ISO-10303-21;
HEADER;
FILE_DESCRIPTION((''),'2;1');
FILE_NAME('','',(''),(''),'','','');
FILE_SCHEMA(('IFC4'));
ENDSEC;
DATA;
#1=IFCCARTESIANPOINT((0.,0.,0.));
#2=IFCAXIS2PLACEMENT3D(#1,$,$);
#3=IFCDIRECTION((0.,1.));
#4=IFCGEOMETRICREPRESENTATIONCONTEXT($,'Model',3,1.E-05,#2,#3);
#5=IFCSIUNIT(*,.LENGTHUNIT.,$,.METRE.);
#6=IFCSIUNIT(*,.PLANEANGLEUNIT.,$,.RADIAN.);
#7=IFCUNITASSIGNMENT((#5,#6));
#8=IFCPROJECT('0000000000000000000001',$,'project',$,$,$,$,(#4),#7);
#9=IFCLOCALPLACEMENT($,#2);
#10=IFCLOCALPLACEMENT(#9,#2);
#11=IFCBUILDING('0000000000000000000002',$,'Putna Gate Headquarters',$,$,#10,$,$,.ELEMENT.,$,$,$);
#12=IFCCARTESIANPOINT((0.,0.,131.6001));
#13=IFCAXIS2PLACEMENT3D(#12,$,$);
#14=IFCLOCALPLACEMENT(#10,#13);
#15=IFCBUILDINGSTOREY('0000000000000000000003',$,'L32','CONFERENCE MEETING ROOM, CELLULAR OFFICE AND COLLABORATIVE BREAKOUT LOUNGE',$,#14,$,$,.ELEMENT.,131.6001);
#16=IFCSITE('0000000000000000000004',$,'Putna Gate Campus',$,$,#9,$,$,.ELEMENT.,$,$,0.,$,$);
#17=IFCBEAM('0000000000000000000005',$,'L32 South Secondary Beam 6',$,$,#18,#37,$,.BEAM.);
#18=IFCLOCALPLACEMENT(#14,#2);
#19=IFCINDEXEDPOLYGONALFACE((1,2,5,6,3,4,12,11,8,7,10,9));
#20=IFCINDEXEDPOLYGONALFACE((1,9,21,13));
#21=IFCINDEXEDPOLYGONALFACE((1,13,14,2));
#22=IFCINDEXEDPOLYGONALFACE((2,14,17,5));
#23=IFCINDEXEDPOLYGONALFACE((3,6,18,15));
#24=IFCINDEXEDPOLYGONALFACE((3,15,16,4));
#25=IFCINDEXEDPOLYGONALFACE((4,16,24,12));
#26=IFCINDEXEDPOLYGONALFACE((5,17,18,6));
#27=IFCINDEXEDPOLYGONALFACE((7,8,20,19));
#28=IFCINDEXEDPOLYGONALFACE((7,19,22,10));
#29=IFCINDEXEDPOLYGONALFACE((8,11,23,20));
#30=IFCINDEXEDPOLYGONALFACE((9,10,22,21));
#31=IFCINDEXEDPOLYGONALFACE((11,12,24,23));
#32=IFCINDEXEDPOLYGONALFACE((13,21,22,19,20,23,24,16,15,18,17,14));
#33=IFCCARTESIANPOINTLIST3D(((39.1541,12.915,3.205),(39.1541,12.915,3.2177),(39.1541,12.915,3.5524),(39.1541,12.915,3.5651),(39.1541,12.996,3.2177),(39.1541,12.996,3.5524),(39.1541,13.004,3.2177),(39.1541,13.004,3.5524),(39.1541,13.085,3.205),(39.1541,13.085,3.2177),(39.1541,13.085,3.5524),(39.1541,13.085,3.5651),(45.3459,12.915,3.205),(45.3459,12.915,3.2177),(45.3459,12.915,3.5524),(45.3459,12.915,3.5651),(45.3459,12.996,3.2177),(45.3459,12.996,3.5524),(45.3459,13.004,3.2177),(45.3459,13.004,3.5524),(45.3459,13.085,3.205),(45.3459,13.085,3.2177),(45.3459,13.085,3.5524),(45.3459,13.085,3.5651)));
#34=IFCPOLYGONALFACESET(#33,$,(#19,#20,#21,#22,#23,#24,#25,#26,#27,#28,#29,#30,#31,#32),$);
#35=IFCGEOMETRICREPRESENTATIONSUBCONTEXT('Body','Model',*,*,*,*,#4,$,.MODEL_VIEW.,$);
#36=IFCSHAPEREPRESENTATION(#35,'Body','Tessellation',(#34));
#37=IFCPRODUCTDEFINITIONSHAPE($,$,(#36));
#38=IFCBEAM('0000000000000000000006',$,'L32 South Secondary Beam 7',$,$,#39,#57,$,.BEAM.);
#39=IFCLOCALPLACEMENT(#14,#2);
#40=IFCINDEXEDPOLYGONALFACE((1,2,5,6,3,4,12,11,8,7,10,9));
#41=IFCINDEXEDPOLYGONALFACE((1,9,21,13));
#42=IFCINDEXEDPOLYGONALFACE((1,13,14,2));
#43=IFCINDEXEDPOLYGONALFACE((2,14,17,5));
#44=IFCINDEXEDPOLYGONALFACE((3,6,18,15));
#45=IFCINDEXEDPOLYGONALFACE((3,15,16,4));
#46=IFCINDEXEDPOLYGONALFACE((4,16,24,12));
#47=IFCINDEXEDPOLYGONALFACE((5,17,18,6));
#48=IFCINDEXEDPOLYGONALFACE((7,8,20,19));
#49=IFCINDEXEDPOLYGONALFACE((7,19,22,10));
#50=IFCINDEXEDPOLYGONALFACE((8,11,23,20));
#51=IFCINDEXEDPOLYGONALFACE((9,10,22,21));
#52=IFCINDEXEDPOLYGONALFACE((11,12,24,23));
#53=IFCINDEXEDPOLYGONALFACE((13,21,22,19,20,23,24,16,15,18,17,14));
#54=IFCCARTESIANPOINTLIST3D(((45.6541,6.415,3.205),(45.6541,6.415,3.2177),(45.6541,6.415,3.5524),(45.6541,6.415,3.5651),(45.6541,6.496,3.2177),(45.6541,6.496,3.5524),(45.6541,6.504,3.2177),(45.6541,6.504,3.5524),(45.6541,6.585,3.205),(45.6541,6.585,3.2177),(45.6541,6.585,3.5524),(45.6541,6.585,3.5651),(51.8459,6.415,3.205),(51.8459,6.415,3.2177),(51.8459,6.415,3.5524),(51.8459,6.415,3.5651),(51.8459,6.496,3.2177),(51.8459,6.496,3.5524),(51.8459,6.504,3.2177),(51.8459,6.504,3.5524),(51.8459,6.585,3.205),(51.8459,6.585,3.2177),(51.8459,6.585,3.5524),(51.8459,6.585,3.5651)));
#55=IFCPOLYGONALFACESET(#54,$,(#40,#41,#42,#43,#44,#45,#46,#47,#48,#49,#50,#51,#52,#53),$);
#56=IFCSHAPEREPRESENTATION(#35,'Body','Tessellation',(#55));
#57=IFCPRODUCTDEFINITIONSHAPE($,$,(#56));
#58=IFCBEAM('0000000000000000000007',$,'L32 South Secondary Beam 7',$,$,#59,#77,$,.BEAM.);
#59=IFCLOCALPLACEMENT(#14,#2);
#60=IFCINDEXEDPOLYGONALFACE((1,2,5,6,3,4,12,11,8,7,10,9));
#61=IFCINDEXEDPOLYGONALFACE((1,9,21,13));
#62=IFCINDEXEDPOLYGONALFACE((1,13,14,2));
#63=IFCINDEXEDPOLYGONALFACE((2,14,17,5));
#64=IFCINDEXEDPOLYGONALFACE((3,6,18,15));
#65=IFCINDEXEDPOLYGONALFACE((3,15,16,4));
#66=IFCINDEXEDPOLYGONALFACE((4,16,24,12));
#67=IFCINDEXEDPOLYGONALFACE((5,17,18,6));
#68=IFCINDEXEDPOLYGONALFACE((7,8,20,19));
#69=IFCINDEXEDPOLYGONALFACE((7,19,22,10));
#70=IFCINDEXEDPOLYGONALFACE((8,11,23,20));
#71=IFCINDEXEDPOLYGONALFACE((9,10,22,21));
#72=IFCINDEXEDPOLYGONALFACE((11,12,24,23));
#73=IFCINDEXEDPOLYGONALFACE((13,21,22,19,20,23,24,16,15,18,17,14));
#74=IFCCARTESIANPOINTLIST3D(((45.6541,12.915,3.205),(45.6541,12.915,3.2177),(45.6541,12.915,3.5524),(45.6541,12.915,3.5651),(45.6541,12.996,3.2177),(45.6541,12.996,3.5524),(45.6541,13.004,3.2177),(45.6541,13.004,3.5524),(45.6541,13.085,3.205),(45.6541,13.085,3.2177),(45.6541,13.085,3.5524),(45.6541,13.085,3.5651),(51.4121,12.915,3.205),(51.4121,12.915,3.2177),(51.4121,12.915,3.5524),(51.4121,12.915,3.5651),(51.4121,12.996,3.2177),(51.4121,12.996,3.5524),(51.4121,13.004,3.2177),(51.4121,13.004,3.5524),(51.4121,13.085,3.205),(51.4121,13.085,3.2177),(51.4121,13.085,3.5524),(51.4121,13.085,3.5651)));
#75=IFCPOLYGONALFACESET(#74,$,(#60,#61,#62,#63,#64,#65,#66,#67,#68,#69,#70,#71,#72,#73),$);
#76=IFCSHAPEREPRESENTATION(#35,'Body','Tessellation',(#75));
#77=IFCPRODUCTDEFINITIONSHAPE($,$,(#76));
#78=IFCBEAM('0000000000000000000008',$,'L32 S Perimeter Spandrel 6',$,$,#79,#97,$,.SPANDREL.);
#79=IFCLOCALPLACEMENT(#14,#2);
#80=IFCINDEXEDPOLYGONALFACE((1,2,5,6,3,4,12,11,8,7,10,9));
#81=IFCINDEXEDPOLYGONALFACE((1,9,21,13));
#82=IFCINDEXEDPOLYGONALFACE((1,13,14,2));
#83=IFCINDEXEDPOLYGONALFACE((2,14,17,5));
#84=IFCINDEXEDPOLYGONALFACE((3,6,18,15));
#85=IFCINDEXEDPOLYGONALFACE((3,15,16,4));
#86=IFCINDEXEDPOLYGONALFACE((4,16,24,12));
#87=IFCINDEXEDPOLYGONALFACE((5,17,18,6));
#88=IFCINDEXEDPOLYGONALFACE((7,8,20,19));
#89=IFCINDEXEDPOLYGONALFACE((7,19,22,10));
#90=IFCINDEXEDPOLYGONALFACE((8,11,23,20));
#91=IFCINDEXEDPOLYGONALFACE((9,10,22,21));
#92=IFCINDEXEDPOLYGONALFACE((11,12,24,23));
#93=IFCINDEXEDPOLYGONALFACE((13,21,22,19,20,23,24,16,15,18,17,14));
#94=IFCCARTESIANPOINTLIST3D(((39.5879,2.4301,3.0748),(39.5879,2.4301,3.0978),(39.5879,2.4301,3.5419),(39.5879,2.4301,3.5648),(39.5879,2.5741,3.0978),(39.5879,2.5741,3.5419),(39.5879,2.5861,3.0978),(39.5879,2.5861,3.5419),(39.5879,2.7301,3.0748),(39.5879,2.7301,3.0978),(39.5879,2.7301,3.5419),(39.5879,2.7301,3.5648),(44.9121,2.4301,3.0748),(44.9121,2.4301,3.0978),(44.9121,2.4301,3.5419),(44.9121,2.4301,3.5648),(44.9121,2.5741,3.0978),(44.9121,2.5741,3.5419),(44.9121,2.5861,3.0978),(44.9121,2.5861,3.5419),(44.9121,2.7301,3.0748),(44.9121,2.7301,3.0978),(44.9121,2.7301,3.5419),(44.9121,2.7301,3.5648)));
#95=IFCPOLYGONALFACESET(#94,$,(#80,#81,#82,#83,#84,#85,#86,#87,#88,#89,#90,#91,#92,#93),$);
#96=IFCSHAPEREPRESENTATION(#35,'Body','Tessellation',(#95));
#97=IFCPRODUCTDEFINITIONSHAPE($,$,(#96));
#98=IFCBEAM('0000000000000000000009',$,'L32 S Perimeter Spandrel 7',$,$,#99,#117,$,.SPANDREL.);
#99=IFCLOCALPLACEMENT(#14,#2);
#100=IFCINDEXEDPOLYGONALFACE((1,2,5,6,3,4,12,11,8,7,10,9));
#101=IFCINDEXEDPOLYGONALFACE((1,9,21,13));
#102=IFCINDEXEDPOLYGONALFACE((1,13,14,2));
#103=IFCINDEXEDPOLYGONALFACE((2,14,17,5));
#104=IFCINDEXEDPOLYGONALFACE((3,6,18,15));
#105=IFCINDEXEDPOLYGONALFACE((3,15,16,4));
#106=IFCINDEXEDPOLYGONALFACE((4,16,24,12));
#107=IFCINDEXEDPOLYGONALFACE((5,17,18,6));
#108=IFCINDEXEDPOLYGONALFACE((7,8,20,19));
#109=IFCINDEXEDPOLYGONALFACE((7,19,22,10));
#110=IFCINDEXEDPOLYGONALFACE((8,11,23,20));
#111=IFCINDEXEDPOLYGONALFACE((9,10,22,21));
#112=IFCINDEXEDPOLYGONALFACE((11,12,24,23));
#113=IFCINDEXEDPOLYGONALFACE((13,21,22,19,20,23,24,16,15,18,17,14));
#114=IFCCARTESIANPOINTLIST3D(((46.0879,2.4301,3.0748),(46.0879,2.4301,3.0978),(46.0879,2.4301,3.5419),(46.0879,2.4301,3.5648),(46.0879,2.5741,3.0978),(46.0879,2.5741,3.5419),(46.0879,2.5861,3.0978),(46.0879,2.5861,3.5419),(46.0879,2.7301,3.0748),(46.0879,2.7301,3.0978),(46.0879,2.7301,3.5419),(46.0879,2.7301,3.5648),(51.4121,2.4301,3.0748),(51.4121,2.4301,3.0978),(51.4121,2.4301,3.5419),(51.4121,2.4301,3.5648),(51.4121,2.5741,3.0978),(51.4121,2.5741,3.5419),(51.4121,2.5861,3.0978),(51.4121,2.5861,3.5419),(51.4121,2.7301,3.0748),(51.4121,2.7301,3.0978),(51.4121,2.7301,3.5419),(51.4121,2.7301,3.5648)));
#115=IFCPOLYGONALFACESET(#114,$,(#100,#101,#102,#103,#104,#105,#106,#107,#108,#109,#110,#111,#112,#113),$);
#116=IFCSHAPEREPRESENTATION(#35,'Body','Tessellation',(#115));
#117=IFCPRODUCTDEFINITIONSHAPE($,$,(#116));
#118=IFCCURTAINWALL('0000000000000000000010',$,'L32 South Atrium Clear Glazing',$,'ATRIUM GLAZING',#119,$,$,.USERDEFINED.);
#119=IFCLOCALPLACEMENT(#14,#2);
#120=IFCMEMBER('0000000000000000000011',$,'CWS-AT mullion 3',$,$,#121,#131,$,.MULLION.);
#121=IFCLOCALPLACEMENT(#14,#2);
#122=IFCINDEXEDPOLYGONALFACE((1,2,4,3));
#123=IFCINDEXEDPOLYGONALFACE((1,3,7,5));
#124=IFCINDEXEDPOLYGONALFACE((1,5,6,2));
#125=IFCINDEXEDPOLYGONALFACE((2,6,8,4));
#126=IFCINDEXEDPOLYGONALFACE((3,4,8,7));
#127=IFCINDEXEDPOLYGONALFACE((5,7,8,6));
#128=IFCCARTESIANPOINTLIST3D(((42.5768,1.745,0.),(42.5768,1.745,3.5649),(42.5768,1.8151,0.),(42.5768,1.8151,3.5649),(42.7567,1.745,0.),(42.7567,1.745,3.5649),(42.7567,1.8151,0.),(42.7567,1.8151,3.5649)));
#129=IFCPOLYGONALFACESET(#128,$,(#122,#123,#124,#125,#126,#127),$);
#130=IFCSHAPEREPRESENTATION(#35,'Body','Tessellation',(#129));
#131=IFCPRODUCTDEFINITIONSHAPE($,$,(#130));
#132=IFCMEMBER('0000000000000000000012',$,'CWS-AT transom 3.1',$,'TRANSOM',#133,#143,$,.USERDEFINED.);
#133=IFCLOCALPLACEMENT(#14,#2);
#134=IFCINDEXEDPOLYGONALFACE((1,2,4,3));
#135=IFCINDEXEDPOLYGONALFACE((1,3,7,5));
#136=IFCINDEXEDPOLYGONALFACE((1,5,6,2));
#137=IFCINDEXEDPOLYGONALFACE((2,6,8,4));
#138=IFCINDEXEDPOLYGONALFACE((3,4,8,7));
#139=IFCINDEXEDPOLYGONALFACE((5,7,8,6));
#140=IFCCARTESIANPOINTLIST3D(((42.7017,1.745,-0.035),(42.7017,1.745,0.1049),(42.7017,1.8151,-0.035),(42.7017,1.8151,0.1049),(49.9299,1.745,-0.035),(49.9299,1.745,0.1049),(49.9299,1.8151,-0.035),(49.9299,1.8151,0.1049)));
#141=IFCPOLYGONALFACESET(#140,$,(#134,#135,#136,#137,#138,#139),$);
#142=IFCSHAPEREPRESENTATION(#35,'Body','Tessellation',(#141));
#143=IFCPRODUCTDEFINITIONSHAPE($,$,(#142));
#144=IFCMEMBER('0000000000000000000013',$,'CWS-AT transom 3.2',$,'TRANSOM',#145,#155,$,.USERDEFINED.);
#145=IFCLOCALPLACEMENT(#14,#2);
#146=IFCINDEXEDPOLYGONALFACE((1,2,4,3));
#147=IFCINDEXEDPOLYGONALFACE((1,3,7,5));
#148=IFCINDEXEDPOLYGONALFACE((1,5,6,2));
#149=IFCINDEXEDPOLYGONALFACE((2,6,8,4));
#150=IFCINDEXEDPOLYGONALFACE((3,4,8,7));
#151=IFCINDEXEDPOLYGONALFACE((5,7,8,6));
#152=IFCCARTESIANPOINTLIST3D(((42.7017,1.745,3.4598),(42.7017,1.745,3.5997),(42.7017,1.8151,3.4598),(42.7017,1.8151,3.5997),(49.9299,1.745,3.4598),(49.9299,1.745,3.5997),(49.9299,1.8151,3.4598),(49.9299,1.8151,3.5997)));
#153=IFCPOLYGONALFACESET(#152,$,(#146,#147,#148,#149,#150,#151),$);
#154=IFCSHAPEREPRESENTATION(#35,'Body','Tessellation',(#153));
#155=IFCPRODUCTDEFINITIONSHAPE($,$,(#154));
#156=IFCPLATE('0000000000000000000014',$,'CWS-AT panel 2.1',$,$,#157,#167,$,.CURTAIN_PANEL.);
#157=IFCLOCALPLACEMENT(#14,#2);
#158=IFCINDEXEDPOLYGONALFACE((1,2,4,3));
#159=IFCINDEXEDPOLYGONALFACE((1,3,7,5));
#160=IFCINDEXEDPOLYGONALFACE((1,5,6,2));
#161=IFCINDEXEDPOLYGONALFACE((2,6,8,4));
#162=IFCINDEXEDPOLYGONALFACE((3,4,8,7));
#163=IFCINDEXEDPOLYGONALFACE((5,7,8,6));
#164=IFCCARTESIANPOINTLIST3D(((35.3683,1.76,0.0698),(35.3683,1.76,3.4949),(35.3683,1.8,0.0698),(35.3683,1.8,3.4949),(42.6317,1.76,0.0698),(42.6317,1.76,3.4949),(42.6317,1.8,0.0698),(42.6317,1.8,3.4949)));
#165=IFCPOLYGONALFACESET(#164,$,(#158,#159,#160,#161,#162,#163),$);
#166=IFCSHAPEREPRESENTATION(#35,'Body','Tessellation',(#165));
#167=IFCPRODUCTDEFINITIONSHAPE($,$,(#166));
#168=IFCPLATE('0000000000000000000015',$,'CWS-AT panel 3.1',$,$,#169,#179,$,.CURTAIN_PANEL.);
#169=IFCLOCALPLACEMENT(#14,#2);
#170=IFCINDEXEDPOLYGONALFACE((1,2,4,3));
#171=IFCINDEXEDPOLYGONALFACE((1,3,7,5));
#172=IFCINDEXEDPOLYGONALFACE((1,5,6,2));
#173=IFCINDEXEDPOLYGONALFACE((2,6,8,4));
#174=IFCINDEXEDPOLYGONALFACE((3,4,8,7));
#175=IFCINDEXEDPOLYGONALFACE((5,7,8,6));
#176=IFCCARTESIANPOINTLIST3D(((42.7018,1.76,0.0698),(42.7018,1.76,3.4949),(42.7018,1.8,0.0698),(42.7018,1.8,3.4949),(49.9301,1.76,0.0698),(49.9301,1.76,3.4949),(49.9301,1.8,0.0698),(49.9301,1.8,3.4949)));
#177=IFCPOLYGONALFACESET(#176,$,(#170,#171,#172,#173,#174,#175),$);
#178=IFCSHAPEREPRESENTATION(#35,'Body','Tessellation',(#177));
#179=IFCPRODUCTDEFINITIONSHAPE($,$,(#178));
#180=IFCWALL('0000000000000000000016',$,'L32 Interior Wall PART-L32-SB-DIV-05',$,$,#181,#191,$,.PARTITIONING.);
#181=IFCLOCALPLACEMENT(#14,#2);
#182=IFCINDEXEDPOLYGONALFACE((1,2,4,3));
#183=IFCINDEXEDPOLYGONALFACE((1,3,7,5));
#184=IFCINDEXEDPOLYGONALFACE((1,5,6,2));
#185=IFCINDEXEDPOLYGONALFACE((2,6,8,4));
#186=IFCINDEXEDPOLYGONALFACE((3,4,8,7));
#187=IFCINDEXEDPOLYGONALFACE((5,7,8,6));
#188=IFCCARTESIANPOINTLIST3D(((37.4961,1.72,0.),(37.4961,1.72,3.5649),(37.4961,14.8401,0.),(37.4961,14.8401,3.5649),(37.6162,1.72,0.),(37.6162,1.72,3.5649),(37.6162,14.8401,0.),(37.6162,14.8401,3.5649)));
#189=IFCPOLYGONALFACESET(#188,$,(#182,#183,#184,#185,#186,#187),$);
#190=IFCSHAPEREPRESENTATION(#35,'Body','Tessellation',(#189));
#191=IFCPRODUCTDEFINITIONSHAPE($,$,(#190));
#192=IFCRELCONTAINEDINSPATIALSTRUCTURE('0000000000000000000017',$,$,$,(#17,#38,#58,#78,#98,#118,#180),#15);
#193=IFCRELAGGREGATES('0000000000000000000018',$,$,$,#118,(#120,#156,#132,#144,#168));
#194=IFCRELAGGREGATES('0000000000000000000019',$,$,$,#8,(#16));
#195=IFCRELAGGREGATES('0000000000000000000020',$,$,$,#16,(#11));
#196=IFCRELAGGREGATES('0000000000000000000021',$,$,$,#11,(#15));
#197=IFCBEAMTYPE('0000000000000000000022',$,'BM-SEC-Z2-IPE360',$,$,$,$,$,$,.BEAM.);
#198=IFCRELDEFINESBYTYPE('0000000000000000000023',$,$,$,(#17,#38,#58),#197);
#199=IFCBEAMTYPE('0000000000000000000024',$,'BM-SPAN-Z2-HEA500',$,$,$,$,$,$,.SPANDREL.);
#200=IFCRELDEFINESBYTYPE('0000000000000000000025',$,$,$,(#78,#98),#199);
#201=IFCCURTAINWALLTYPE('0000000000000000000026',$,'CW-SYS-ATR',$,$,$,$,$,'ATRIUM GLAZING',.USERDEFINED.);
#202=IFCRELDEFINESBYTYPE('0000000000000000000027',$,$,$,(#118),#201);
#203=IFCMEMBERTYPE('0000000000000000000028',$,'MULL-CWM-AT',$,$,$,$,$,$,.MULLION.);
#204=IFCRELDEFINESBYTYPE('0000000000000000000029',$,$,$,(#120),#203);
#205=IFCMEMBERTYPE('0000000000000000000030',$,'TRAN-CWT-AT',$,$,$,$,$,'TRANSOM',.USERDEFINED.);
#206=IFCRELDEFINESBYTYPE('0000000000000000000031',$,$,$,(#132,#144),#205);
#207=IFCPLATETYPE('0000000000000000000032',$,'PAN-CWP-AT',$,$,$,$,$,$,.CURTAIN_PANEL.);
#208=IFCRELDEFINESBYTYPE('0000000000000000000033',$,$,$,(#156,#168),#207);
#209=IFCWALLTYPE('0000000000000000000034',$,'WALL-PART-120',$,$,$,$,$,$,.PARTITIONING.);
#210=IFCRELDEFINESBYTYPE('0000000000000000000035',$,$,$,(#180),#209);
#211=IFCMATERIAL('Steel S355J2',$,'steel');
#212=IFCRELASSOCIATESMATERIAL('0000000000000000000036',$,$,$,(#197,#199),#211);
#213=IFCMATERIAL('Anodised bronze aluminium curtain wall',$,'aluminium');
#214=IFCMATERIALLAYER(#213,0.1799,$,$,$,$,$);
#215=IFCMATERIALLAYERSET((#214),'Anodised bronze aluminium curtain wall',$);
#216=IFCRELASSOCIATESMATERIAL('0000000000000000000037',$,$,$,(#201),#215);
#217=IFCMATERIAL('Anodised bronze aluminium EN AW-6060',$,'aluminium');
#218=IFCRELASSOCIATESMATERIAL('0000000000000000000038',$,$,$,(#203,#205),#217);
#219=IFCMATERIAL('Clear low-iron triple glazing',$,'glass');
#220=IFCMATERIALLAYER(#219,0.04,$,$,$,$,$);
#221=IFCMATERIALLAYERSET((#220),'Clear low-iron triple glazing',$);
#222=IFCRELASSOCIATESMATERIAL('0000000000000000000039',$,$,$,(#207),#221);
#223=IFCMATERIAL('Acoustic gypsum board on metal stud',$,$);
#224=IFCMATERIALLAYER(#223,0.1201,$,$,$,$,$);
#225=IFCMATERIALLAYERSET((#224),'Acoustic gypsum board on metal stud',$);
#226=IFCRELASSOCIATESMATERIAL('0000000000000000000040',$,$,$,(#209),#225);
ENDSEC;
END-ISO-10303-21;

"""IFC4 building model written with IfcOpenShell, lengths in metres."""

from ifc_helpers import new_model, si_unit, direction, frame, frame_2d, origin, origin_2d, place, context, subcontext, project, spatial, rectangle, i_section, extrude, material, layer, layer_set, material_profile, profile_set, type_object, element, aggregate, save


model = new_model("IFC4")

# Units and contexts
model_context = context("Model", 3, precision=1e-05, world=origin(), true_north=direction((0.0, 1.0)))
body_context = subcontext(model_context, "Body", "Model", "MODEL_VIEW")
ifc_project = project(units=[si_unit("LENGTHUNIT", "METRE"), si_unit("PLANEANGLEUNIT", "RADIAN")], contexts=[model_context])

# Site, building, storey
site_placement = place(None, origin())
site = spatial("IfcSite", under=ifc_project, at=site_placement, Name="Putna Gate Campus", CompositionType="ELEMENT", RefElevation=0.0)
building_placement = place(site_placement, origin())
building = spatial("IfcBuilding", under=site, at=building_placement, Name="Putna Gate Headquarters", CompositionType="ELEMENT")
storey_placement = place(building_placement, frame((0.0, 0.0, 131.6001)))
storey = spatial("IfcBuildingStorey", under=building, at=storey_placement, Name="L32", Description="CONFERENCE MEETING ROOM, CELLULAR OFFICE AND COLLABORATIVE BREAKOUT LOUNGE", CompositionType="ELEMENT", Elevation=131.6001)

# Beams
ifc_material_1 = material(Name="Steel S355J2", Category="steel")
ifc_material_profile_1 = material_profile(ifc_material_1, i_section(OverallWidth=0.1699, OverallDepth=0.3601, WebThickness=0.0081, FlangeThickness=0.0127, at=origin_2d()), Name="Steel S355J2")
ifc_profile_set_1 = profile_set([ifc_material_profile_1], Name="Steel S355J2")
beam_type_1 = type_object("IfcBeamType", Name="BM-SEC-Z2-IPE360", PredefinedType="BEAM", material=ifc_profile_set_1)
for number, where, z_axis, x_axis, name in (
    (1, (39.1541, 13.0, 3.385), (1.0, 0.0, 0.0), (0.0, 1.0, 0.0), "L32 South Secondary Beam 6"),
    (2, (45.6541, 6.5, 3.385), (1.0, 0.0, 0.0), (0.0, 1.0, 0.0), "L32 South Secondary Beam 7"),
):
    element("IfcBeam", number, at=place(storey_placement, frame(where, z_axis=z_axis, x_axis=x_axis)), inside=storey, type_object=beam_type_1, Name=name, PredefinedType="BEAM", context=body_context, shape_type="SweptSolid", body=[
        extrude(i_section(OverallWidth=0.1699, OverallDepth=0.3601, WebThickness=0.0081, FlangeThickness=0.0127, at=origin_2d()), origin(), (0.0, 0.0, 1.0), 6.1919),
    ])
beam_1_placement = place(storey_placement, frame((45.6541, 13.0, 3.385), z_axis=(1.0, 0.0, 0.0), x_axis=(0.0, 1.0, 0.0)))
element("IfcBeam", 3, at=beam_1_placement, inside=storey, type_object=beam_type_1, Name="L32 South Secondary Beam 7", PredefinedType="BEAM", context=body_context, shape_type="SweptSolid", body=[
    extrude(i_section(OverallWidth=0.1699, OverallDepth=0.3601, WebThickness=0.0081, FlangeThickness=0.0127, at=origin_2d()), origin(), (0.0, 0.0, 1.0), 5.7581),
])
ifc_material_profile_2 = material_profile(ifc_material_1, i_section(OverallWidth=0.3, OverallDepth=0.49, WebThickness=0.012, FlangeThickness=0.0229, at=origin_2d()), Name="Steel S355J2")
ifc_profile_set_2 = profile_set([ifc_material_profile_2], Name="Steel S355J2")
beam_type_2 = type_object("IfcBeamType", Name="BM-SPAN-Z2-HEA500", PredefinedType="SPANDREL", material=ifc_profile_set_2)
for number, where, z_axis, x_axis, name in (
    (4, (39.5879, 2.5801, 3.3198), (1.0, 0.0, 0.0), (0.0, 1.0, 0.0), "L32 S Perimeter Spandrel 6"),
    (5, (46.0879, 2.5801, 3.3198), (1.0, 0.0, 0.0), (0.0, 1.0, 0.0), "L32 S Perimeter Spandrel 7"),
):
    element("IfcBeam", number, at=place(storey_placement, frame(where, z_axis=z_axis, x_axis=x_axis)), inside=storey, type_object=beam_type_2, Name=name, PredefinedType="SPANDREL", context=body_context, shape_type="SweptSolid", body=[
        extrude(i_section(OverallWidth=0.3, OverallDepth=0.49, WebThickness=0.012, FlangeThickness=0.0229, at=origin_2d()), origin(), (0.0, 0.0, 1.0), 5.3242),
    ])

# Curtain wall, members, plates
ifc_material_2 = material(Name="Anodised bronze aluminium curtain wall", Category="aluminium")
ifc_layer_1 = layer(ifc_material_2, 0.1799)
ifc_layer_set_1 = layer_set([ifc_layer_1], Name="Anodised bronze aluminium curtain wall")
curtain_wall_type = type_object("IfcCurtainWallType", Name="CW-SYS-ATR", ElementType="ATRIUM GLAZING", PredefinedType="USERDEFINED", material=ifc_layer_set_1)
curtain_wall_placement = place(storey_placement, origin())
curtain_wall = element("IfcCurtainWall", 6, at=curtain_wall_placement, inside=storey, type_object=curtain_wall_type, Name="L32 South Atrium Clear Glazing", ObjectType="ATRIUM GLAZING", PredefinedType="USERDEFINED")
ifc_material_3 = material(Name="Anodised bronze aluminium EN AW-6060", Category="aluminium")
ifc_material_profile_3 = material_profile(ifc_material_3, rectangle(XDim=0.0701, YDim=0.1799, at=origin_2d()), Name="Anodised bronze aluminium EN AW-6060")
ifc_profile_set_3 = profile_set([ifc_material_profile_3], Name="Anodised bronze aluminium EN AW-6060")
member_type_1 = type_object("IfcMemberType", Name="MULL-CWM-AT", PredefinedType="MULLION", material=ifc_profile_set_3)
member_1_placement = place(storey_placement, frame((42.6667, 1.78, 0.0), z_axis=(0.0, 0.0, 1.0), x_axis=(0.0, 1.0, 0.0)))
member_1 = element("IfcMember", 7, at=member_1_placement, type_object=member_type_1, Name="CWS-AT mullion 3", PredefinedType="MULLION", context=body_context, shape_type="SweptSolid", body=[
    extrude(rectangle(XDim=0.0701, YDim=0.1799, at=origin_2d()), origin(), (0.0, 0.0, 1.0), 3.5649),
])
ifc_material_profile_4 = material_profile(ifc_material_3, rectangle(XDim=0.0701, YDim=0.1399, at=origin_2d()), Name="Anodised bronze aluminium EN AW-6060")
ifc_profile_set_4 = profile_set([ifc_material_profile_4], Name="Anodised bronze aluminium EN AW-6060")
member_type_2 = type_object("IfcMemberType", Name="TRAN-CWT-AT", ElementType="TRANSOM", PredefinedType="USERDEFINED", material=ifc_profile_set_4)
member_2_placement = place(storey_placement, frame((42.7017, 1.78, 0.0349), z_axis=(1.0, 0.0, 0.0), x_axis=(0.0, 1.0, 0.0)))
member_2 = element("IfcMember", 8, at=member_2_placement, type_object=member_type_2, Name="CWS-AT transom 3.1", ObjectType="TRANSOM", PredefinedType="USERDEFINED", context=body_context, shape_type="SweptSolid", body=[
    extrude(rectangle(XDim=0.0701, YDim=0.1399, at=origin_2d()), origin(), (0.0, 0.0, 1.0), 7.2283),
])
member_3_placement = place(storey_placement, frame((42.7017, 1.78, 3.5298), z_axis=(1.0, 0.0, 0.0), x_axis=(0.0, 1.0, 0.0)))
member_3 = element("IfcMember", 9, at=member_3_placement, type_object=member_type_2, Name="CWS-AT transom 3.2", ObjectType="TRANSOM", PredefinedType="USERDEFINED", context=body_context, shape_type="SweptSolid", body=[
    extrude(rectangle(XDim=0.0701, YDim=0.1399, at=origin_2d()), origin(), (0.0, 0.0, 1.0), 7.2283),
])
ifc_material_4 = material(Name="Clear low-iron triple glazing", Category="glass")
ifc_layer_2 = layer(ifc_material_4, 0.04)
ifc_layer_set_2 = layer_set([ifc_layer_2], Name="Clear low-iron triple glazing")
plate_type = type_object("IfcPlateType", Name="PAN-CWP-AT", PredefinedType="CURTAIN_PANEL", material=ifc_layer_set_2)
plate_1_placement = place(storey_placement, frame((39.0, 1.78, 0.0698), z_axis=(0.0, 0.0, 1.0), x_axis=(1.0, 0.0, 0.0)))
plate_1 = element("IfcPlate", 10, at=plate_1_placement, type_object=plate_type, Name="CWS-AT panel 2.1", PredefinedType="CURTAIN_PANEL", context=body_context, shape_type="SweptSolid", body=[
    extrude(rectangle(XDim=7.2634, YDim=0.04, at=origin_2d()), origin(), (0.0, 0.0, 1.0), 3.425),
])
plate_2_placement = place(storey_placement, frame((46.3159, 1.78, 0.0698), z_axis=(0.0, 0.0, 1.0), x_axis=(1.0, 0.0, 0.0)))
plate_2 = element("IfcPlate", 11, at=plate_2_placement, type_object=plate_type, Name="CWS-AT panel 3.1", PredefinedType="CURTAIN_PANEL", context=body_context, shape_type="SweptSolid", body=[
    extrude(rectangle(XDim=7.2283, YDim=0.04, at=origin_2d()), origin(), (0.0, 0.0, 1.0), 3.425),
])
aggregate(curtain_wall, [member_1, plate_1, member_2, member_3, plate_2])

# Wall
ifc_material_5 = material(Name="Acoustic gypsum board on metal stud")
ifc_layer_3 = layer(ifc_material_5, 0.1201)
ifc_layer_set_3 = layer_set([ifc_layer_3], Name="Acoustic gypsum board on metal stud")
wall_type_1 = type_object("IfcWallType", Name="WALL-PART-120", PredefinedType="PARTITIONING", material=ifc_layer_set_3)
for number, where, z_axis, x_axis, name in (
    (12, (37.5562, 1.72, 0.0), (0.0, 0.0, 1.0), (0.0, 1.0, 0.0), "L32 Interior Wall PART-L32-SB-DIV-05"),
):
    element("IfcWall", number, at=place(storey_placement, frame(where, z_axis=z_axis, x_axis=x_axis)), inside=storey, type_object=wall_type_1, Name=name, PredefinedType="PARTITIONING", context=body_context, shape_type="SweptSolid", body=[
        extrude(rectangle(XDim=13.1201, YDim=0.1201, at=frame_2d((6.5601, 0.0))), origin(), (0.0, 0.0, 1.0), 3.5649),
    ])

save(model, "model.ifc")
